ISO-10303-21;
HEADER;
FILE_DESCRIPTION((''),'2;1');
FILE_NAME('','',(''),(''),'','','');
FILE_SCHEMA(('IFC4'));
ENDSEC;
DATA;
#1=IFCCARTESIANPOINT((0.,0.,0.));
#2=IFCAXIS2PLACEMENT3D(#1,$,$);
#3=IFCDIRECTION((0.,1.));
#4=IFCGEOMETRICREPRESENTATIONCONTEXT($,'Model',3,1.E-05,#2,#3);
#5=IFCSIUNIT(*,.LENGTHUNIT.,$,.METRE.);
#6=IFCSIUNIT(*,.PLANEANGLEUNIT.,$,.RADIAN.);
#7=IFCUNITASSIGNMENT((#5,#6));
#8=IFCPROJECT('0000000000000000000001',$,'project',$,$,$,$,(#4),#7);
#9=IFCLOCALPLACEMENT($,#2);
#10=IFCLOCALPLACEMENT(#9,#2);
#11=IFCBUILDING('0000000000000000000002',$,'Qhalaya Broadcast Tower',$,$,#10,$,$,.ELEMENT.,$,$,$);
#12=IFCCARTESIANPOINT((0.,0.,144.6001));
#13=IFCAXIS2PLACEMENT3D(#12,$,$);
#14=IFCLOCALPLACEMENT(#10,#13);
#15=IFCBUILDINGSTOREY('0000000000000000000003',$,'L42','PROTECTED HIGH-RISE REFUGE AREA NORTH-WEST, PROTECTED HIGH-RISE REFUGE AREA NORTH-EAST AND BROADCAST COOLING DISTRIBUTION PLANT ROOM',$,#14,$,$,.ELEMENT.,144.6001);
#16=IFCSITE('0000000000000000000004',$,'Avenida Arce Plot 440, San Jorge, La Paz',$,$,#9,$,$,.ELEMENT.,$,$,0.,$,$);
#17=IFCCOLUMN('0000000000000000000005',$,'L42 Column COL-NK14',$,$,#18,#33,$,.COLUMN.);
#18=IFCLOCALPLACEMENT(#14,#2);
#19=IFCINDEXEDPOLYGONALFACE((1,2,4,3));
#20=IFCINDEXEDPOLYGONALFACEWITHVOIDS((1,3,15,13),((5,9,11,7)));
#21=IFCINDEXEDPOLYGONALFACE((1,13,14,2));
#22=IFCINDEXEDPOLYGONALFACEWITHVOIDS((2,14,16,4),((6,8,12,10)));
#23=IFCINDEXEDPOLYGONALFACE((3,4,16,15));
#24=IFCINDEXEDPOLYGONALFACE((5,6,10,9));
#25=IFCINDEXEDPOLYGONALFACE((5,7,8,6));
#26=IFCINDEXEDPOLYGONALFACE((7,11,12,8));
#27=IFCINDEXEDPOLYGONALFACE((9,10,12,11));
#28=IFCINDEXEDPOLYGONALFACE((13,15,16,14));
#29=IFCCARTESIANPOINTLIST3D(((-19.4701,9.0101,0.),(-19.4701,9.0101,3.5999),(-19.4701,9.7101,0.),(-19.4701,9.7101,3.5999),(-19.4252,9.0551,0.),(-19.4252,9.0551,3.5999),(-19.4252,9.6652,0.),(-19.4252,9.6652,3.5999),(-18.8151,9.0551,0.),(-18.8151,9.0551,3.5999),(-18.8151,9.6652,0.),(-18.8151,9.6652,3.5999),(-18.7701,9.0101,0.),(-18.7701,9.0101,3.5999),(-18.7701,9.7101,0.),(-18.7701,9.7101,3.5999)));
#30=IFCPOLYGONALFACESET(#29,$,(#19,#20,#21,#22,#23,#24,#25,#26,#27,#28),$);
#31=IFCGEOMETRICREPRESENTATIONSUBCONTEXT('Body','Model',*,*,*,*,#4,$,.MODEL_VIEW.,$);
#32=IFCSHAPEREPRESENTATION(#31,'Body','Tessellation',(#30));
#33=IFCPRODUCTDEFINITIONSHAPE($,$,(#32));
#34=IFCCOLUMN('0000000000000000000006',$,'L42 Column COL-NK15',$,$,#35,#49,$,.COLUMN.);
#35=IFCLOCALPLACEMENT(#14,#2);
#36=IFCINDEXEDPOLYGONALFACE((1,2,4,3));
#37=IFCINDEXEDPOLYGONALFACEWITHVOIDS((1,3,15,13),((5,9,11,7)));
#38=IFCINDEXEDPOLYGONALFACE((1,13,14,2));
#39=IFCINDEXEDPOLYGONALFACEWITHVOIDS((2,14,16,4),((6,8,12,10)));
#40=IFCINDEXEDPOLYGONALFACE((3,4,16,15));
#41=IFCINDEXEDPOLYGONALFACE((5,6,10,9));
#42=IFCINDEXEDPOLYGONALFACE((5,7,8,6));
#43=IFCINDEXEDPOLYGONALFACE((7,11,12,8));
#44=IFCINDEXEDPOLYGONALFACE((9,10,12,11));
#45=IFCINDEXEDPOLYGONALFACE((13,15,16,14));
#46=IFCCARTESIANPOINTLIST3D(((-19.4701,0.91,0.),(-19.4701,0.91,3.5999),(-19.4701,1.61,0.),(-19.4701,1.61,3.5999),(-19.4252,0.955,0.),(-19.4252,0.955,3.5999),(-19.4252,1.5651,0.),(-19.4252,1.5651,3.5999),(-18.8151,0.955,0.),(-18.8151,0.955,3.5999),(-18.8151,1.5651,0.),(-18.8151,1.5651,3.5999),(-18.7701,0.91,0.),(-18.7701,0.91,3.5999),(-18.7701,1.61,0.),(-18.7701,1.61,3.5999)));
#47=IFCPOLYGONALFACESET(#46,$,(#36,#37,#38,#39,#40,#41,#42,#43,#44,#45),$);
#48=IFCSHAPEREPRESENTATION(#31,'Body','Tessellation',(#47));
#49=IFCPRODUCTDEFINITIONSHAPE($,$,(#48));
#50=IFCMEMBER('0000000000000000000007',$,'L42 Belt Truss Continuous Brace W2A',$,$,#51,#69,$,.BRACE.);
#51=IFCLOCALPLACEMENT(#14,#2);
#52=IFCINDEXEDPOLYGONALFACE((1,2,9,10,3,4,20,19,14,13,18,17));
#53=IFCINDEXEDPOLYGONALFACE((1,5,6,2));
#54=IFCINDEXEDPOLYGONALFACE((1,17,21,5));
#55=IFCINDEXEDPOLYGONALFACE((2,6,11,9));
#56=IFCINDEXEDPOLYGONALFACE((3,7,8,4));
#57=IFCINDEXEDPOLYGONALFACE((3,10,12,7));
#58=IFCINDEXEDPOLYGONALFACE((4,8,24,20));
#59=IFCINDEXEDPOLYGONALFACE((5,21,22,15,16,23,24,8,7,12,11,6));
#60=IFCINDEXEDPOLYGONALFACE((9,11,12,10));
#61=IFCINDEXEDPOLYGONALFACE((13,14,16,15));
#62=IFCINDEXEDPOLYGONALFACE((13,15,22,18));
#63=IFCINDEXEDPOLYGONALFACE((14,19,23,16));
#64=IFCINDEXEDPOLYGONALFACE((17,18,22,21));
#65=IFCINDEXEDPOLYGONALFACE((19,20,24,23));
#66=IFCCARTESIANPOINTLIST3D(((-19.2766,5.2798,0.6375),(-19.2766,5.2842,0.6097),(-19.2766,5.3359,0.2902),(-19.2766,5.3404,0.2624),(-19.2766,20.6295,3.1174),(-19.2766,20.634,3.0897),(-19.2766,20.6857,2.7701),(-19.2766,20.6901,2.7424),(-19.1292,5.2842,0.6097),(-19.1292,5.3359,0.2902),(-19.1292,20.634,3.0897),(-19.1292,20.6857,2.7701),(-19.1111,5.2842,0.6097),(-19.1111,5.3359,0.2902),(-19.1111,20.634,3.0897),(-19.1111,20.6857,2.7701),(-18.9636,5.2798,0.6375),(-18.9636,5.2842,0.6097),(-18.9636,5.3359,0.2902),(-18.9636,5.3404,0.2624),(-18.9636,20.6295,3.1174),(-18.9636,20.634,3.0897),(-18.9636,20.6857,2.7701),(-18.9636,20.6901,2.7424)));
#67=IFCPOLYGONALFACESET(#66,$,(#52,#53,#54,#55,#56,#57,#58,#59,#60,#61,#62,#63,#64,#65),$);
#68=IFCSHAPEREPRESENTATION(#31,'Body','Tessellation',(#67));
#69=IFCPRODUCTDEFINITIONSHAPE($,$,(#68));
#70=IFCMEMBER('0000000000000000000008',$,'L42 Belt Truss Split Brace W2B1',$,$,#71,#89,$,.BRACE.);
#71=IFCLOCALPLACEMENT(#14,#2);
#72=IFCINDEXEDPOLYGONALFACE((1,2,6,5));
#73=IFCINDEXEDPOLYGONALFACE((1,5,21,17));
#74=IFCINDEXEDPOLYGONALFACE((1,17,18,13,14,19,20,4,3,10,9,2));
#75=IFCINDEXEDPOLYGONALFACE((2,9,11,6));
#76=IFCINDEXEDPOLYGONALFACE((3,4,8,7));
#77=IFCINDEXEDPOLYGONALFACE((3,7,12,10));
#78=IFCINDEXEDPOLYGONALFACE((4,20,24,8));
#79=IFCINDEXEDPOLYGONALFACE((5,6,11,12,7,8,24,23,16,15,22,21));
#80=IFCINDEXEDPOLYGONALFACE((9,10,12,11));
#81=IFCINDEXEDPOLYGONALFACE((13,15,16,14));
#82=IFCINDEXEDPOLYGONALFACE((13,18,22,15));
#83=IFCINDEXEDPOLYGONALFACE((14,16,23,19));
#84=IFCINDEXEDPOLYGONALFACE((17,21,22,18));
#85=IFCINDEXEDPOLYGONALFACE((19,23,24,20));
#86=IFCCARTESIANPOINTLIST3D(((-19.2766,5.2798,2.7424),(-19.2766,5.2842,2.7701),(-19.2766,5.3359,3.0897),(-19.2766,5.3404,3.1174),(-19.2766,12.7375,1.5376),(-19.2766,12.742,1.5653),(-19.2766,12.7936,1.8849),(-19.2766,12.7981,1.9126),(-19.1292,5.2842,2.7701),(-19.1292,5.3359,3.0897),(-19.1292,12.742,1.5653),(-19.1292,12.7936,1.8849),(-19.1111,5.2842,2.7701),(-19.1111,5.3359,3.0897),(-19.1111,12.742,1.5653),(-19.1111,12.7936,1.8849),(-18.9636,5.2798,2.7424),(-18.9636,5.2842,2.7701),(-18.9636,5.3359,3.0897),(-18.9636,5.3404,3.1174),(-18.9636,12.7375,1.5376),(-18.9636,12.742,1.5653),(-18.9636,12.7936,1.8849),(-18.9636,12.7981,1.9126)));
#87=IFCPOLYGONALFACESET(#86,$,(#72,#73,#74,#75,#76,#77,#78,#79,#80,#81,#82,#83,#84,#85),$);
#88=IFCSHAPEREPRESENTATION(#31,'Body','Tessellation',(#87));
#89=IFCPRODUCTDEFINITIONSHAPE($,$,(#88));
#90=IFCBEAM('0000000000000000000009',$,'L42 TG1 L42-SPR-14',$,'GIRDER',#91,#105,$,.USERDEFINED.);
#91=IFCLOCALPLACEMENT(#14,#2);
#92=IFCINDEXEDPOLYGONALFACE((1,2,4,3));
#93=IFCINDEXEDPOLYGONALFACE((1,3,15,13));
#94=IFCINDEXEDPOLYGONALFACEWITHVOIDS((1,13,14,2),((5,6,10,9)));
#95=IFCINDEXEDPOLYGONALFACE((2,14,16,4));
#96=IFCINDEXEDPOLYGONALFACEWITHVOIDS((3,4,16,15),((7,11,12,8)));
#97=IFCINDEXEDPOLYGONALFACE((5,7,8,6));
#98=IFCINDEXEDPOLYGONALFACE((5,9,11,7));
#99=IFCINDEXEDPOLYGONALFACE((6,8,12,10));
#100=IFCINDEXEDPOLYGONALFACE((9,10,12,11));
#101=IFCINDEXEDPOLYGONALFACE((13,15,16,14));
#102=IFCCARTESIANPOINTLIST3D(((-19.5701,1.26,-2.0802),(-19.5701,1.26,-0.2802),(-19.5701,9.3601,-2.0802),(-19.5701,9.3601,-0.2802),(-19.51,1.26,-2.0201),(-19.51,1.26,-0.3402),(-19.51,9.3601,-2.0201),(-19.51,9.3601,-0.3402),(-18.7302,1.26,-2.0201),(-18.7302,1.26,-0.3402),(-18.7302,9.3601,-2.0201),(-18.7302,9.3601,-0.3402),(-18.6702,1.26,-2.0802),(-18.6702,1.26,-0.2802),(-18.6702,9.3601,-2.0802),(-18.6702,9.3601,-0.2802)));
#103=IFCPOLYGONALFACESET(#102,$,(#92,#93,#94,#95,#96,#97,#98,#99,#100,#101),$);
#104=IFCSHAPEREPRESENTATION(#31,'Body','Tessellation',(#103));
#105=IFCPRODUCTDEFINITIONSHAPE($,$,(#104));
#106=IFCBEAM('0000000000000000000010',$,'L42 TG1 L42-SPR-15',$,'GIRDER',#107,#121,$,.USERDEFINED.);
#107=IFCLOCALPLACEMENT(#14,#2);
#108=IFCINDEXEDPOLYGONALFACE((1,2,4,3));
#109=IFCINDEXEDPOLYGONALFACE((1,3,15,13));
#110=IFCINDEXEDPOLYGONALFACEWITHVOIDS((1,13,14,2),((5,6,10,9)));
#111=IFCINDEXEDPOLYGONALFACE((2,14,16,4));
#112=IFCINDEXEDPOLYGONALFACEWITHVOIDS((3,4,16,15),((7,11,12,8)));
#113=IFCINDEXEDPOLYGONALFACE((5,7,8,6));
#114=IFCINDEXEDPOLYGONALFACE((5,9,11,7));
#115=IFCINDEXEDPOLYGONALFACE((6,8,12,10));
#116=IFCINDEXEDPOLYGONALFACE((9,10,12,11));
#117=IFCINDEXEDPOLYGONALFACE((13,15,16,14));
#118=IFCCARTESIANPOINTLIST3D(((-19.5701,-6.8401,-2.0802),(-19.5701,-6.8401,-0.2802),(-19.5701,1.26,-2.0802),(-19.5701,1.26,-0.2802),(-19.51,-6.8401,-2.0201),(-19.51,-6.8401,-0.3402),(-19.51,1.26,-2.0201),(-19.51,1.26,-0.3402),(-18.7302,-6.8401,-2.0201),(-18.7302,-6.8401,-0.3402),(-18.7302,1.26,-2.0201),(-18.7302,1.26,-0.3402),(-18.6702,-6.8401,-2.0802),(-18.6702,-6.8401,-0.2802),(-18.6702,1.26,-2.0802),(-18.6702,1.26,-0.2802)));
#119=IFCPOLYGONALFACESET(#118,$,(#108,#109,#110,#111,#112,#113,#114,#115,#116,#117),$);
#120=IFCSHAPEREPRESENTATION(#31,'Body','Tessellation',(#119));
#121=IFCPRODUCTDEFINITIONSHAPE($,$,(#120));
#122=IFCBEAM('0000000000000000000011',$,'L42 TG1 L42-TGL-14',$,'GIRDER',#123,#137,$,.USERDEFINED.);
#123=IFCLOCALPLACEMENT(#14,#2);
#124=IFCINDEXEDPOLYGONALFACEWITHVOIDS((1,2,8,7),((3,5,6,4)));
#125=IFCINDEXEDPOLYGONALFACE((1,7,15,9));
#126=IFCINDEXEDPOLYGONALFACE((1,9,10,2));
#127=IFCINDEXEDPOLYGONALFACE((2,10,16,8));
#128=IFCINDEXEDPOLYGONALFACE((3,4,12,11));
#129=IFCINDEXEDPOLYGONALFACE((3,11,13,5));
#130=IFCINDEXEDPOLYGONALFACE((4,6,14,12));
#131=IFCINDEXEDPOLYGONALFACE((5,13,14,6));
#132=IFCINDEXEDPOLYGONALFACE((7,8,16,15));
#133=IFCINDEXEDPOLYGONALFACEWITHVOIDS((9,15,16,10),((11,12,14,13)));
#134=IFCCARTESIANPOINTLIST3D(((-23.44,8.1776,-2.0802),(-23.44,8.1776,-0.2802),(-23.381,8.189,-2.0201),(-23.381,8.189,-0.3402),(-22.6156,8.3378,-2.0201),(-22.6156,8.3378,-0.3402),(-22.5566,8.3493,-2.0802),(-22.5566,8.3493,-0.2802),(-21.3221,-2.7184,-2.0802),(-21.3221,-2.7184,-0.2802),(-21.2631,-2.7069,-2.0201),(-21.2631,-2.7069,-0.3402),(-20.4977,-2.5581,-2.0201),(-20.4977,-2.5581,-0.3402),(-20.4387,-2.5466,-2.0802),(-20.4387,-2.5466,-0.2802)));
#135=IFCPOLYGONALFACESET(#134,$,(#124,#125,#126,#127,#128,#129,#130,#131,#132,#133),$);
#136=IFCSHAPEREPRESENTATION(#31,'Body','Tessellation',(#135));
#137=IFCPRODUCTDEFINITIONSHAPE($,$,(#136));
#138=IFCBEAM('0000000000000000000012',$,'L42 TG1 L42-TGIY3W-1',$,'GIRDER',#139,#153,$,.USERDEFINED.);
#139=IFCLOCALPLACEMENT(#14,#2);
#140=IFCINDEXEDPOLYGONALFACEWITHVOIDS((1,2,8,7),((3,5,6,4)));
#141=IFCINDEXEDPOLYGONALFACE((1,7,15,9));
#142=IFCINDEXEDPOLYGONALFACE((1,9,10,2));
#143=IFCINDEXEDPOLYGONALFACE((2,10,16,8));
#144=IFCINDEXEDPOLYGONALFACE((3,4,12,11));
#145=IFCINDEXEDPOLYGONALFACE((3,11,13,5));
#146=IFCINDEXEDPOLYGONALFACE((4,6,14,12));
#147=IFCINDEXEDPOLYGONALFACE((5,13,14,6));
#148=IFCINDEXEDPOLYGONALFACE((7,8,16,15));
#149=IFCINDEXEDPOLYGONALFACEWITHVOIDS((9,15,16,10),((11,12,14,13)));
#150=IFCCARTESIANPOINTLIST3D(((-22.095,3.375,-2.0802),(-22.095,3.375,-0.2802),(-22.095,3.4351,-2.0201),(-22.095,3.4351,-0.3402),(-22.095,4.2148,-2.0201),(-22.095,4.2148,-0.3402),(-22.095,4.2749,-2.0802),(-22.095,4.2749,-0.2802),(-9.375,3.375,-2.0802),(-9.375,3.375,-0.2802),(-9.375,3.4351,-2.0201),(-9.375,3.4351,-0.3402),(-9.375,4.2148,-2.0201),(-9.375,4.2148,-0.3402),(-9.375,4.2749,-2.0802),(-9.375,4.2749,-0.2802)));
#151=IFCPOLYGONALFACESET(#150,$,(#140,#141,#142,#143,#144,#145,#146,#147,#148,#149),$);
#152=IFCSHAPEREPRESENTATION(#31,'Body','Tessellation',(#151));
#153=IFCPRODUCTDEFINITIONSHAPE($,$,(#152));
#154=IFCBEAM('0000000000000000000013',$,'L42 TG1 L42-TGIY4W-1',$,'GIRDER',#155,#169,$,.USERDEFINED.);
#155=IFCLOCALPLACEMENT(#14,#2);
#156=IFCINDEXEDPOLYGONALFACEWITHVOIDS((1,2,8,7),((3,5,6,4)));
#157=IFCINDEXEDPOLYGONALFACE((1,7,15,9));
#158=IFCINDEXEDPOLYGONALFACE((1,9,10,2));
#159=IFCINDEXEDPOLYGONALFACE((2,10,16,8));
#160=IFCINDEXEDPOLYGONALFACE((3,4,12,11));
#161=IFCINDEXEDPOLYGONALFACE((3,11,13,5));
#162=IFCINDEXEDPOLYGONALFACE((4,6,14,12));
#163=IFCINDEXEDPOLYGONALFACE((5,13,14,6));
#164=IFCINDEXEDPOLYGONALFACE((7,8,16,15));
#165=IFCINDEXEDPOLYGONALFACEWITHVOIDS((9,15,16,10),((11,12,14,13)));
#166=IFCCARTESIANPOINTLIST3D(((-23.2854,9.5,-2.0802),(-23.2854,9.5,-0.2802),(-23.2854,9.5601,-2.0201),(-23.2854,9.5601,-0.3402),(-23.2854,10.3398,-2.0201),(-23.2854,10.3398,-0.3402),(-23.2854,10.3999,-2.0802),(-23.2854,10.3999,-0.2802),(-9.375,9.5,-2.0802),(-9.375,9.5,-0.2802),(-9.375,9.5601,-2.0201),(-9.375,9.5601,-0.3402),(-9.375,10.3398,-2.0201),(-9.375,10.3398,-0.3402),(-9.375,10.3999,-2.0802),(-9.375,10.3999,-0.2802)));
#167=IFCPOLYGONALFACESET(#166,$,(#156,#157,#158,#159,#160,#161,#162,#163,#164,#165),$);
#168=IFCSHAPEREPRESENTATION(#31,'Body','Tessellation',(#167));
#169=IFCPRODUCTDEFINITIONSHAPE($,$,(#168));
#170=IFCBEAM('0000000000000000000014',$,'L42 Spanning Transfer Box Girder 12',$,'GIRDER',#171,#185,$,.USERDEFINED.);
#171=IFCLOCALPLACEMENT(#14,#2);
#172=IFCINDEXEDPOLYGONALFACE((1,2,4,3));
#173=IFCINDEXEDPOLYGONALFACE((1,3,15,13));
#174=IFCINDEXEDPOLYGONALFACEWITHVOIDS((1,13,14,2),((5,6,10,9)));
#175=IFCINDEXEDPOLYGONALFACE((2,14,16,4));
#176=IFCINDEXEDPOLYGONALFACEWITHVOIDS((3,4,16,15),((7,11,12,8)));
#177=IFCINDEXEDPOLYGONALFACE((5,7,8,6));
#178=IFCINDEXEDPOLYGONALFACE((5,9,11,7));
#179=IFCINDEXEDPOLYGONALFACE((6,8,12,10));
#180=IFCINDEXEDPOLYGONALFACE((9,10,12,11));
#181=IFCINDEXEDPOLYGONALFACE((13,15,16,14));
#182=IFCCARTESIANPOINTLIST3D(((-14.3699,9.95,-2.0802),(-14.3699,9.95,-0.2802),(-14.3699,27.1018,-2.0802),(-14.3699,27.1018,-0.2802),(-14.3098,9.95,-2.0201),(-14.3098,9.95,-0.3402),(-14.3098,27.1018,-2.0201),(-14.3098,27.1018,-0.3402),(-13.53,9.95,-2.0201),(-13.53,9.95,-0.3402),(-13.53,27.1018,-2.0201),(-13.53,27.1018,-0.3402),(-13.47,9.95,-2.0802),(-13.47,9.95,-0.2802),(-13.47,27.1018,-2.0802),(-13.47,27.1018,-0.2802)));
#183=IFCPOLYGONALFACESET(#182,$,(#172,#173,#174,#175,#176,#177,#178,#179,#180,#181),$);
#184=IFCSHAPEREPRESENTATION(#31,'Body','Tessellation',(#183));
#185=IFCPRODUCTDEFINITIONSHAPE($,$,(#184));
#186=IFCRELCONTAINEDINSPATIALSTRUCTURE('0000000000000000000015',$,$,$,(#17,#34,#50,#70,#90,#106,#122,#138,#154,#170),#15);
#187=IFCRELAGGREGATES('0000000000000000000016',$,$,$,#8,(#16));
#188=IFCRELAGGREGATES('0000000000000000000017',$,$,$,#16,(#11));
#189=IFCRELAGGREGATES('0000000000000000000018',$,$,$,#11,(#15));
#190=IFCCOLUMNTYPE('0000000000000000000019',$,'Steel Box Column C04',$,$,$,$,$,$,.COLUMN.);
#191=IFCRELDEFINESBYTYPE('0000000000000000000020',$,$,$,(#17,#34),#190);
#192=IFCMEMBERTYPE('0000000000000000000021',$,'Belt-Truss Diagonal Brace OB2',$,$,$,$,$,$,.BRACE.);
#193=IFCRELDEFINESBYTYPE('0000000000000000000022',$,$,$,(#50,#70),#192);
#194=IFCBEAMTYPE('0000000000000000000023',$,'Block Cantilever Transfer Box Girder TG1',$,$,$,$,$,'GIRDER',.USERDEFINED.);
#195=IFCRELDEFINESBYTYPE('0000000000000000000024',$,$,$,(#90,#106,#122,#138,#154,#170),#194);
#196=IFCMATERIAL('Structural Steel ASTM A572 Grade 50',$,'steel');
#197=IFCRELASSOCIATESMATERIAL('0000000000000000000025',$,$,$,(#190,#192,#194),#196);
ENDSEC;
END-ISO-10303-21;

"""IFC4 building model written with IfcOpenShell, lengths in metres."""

from ifc_helpers import new_model, si_unit, direction, frame, origin, origin_2d, place, context, subcontext, project, spatial, hollow_rectangle, i_section, extrude, material, material_profile, profile_set, type_object, element, save


model = new_model("IFC4")

# Units and contexts
model_context = context("Model", 3, precision=1e-05, world=origin(), true_north=direction((0.0, 1.0)))
body_context = subcontext(model_context, "Body", "Model", "MODEL_VIEW")
ifc_project = project(units=[si_unit("LENGTHUNIT", "METRE"), si_unit("PLANEANGLEUNIT", "RADIAN")], contexts=[model_context])

# Site, building, storey
site_placement = place(None, origin())
site = spatial("IfcSite", under=ifc_project, at=site_placement, Name="Avenida Arce Plot 440, San Jorge, La Paz", CompositionType="ELEMENT", RefElevation=0.0)
building_placement = place(site_placement, origin())
building = spatial("IfcBuilding", under=site, at=building_placement, Name="Qhalaya Broadcast Tower", CompositionType="ELEMENT")
storey_placement = place(building_placement, frame((0.0, 0.0, 144.6001)))
storey = spatial("IfcBuildingStorey", under=building, at=storey_placement, Name="L42", Description="PROTECTED HIGH-RISE REFUGE AREA NORTH-WEST, PROTECTED HIGH-RISE REFUGE AREA NORTH-EAST AND BROADCAST COOLING DISTRIBUTION PLANT ROOM", CompositionType="ELEMENT", Elevation=144.6001)

# Columns
ifc_material_1 = material(Name="Structural Steel ASTM A572 Grade 50", Category="steel")
ifc_material_profile_1 = material_profile(ifc_material_1, hollow_rectangle(XDim=0.7, YDim=0.7, WallThickness=0.0449, at=origin_2d()), Name="BOX 700x700x45")
ifc_profile_set_1 = profile_set([ifc_material_profile_1], Name="Structural Steel ASTM A572 Grade 50")
column_type = type_object("IfcColumnType", Name="Steel Box Column C04", PredefinedType="COLUMN", material=ifc_profile_set_1)
for number, where, z_axis, x_axis, name in (
    (1, (-19.1201, 9.3601, 0.0), (0.0, 0.0, 1.0), (0.0, 1.0, 0.0), "L42 Column COL-NK14"),
    (2, (-19.1201, 1.26, 0.0), (0.0, 0.0, 1.0), (0.0, 1.0, 0.0), "L42 Column COL-NK15"),
):
    element("IfcColumn", number, at=place(storey_placement, frame(where, z_axis=z_axis, x_axis=x_axis)), inside=storey, type_object=column_type, Name=name, PredefinedType="COLUMN", context=body_context, shape_type="SweptSolid", body=[
        extrude(hollow_rectangle(XDim=0.7, YDim=0.7, WallThickness=0.0449, at=origin_2d()), origin(), (0.0, 0.0, 1.0), 3.5999),
    ])

# Members
ifc_material_profile_2 = material_profile(ifc_material_1, i_section(OverallWidth=0.313, OverallDepth=0.3799, WebThickness=0.0181, FlangeThickness=0.0281, at=origin_2d()), Name="W12X120")
ifc_profile_set_2 = profile_set([ifc_material_profile_2], Name="Structural Steel ASTM A572 Grade 50")
member_type = type_object("IfcMemberType", Name="Belt-Truss Diagonal Brace OB2", PredefinedType="BRACE", material=ifc_profile_set_2)
member_1_placement = place(storey_placement, frame((-19.1201, 5.3101, 0.45), z_axis=(0.0, 0.987199, 0.159496), x_axis=(-1.0, 0.0, 0.0)))
element("IfcMember", 3, at=member_1_placement, inside=storey, type_object=member_type, Name="L42 Belt Truss Continuous Brace W2A", PredefinedType="BRACE", context=body_context, shape_type="SweptSolid", body=[
    extrude(i_section(OverallWidth=0.313, OverallDepth=0.3799, WebThickness=0.0181, FlangeThickness=0.0281, at=origin_2d()), origin(), (0.0, 0.0, 1.0), 15.5488),
])
member_2_placement = place(storey_placement, frame((-19.1201, 5.3101, 2.9299), z_axis=(0.0, 0.9872, -0.159486), x_axis=(-1.0, 0.0, 0.0)))
element("IfcMember", 4, at=member_2_placement, inside=storey, type_object=member_type, Name="L42 Belt Truss Split Brace W2B1", PredefinedType="BRACE", context=body_context, shape_type="SweptSolid", body=[
    extrude(i_section(OverallWidth=0.313, OverallDepth=0.3799, WebThickness=0.0181, FlangeThickness=0.0281, at=origin_2d()), origin(), (0.0, 0.0, 1.0), 7.5544),
])

# Beams
ifc_material_profile_3 = material_profile(ifc_material_1, hollow_rectangle(XDim=0.8999, YDim=1.8, WallThickness=0.0601, at=origin_2d()), Name="BOX 900x1800x60")
ifc_profile_set_3 = profile_set([ifc_material_profile_3], Name="Structural Steel ASTM A572 Grade 50")
beam_type_1 = type_object("IfcBeamType", Name="Block Cantilever Transfer Box Girder TG1", ElementType="GIRDER", PredefinedType="USERDEFINED", material=ifc_profile_set_3)
for number, where, z_axis, x_axis, name in (
    (5, (-19.1201, 9.3601, -1.1802), (0.0, -1.0, 0.0), (1.0, 0.0, 0.0), "L42 TG1 L42-SPR-14"),
    (6, (-19.1201, 1.26, -1.1802), (0.0, -1.0, 0.0), (1.0, 0.0, 0.0), "L42 TG1 L42-SPR-15"),
):
    element("IfcBeam", number, at=place(storey_placement, frame(where, z_axis=z_axis, x_axis=x_axis)), inside=storey, type_object=beam_type_1, Name=name, ObjectType="GIRDER", PredefinedType="USERDEFINED", context=body_context, shape_type="SweptSolid", body=[
        extrude(hollow_rectangle(XDim=0.8999, YDim=1.8, WallThickness=0.0601, at=origin_2d()), origin(), (0.0, 0.0, 1.0), 8.1001),
    ])
beam_1_placement = place(storey_placement, frame((-22.9983, 8.2634, -1.1802), z_axis=(0.190805, -0.981628, 0.0), x_axis=(0.981628, 0.190805, 0.0)))
element("IfcBeam", 7, at=beam_1_placement, inside=storey, type_object=beam_type_1, Name="L42 TG1 L42-TGL-14", ObjectType="GIRDER", PredefinedType="USERDEFINED", context=body_context, shape_type="SweptSolid", body=[
    extrude(hollow_rectangle(XDim=0.8999, YDim=1.8, WallThickness=0.0601, at=origin_2d()), origin(), (0.0, 0.0, 1.0), 11.0999),
])
beam_2_placement = place(storey_placement, frame((-22.095, 3.825, -1.1802), z_axis=(1.0, 0.0, 0.0), x_axis=(0.0, 1.0, 0.0)))
element("IfcBeam", 8, at=beam_2_placement, inside=storey, type_object=beam_type_1, Name="L42 TG1 L42-TGIY3W-1", ObjectType="GIRDER", PredefinedType="USERDEFINED", context=body_context, shape_type="SweptSolid", body=[
    extrude(hollow_rectangle(XDim=0.8999, YDim=1.8, WallThickness=0.0601, at=origin_2d()), origin(), (0.0, 0.0, 1.0), 12.72),
])
beam_3_placement = place(storey_placement, frame((-23.2854, 9.95, -1.1802), z_axis=(1.0, 0.0, 0.0), x_axis=(0.0, 1.0, 0.0)))
element("IfcBeam", 9, at=beam_3_placement, inside=storey, type_object=beam_type_1, Name="L42 TG1 L42-TGIY4W-1", ObjectType="GIRDER", PredefinedType="USERDEFINED", context=body_context, shape_type="SweptSolid", body=[
    extrude(hollow_rectangle(XDim=0.8999, YDim=1.8, WallThickness=0.0601, at=origin_2d()), origin(), (0.0, 0.0, 1.0), 13.9104),
])
beam_4_placement = place(storey_placement, frame((-13.9199, 9.95, -1.1802), z_axis=(0.0, 1.0, 0.0), x_axis=(-1.0, 0.0, 0.0)))
element("IfcBeam", 10, at=beam_4_placement, inside=storey, type_object=beam_type_1, Name="L42 Spanning Transfer Box Girder 12", ObjectType="GIRDER", PredefinedType="USERDEFINED", context=body_context, shape_type="SweptSolid", body=[
    extrude(hollow_rectangle(XDim=0.8999, YDim=1.8, WallThickness=0.0601, at=origin_2d()), origin(), (0.0, 0.0, 1.0), 17.1519),
])

save(model, "model.ifc")
